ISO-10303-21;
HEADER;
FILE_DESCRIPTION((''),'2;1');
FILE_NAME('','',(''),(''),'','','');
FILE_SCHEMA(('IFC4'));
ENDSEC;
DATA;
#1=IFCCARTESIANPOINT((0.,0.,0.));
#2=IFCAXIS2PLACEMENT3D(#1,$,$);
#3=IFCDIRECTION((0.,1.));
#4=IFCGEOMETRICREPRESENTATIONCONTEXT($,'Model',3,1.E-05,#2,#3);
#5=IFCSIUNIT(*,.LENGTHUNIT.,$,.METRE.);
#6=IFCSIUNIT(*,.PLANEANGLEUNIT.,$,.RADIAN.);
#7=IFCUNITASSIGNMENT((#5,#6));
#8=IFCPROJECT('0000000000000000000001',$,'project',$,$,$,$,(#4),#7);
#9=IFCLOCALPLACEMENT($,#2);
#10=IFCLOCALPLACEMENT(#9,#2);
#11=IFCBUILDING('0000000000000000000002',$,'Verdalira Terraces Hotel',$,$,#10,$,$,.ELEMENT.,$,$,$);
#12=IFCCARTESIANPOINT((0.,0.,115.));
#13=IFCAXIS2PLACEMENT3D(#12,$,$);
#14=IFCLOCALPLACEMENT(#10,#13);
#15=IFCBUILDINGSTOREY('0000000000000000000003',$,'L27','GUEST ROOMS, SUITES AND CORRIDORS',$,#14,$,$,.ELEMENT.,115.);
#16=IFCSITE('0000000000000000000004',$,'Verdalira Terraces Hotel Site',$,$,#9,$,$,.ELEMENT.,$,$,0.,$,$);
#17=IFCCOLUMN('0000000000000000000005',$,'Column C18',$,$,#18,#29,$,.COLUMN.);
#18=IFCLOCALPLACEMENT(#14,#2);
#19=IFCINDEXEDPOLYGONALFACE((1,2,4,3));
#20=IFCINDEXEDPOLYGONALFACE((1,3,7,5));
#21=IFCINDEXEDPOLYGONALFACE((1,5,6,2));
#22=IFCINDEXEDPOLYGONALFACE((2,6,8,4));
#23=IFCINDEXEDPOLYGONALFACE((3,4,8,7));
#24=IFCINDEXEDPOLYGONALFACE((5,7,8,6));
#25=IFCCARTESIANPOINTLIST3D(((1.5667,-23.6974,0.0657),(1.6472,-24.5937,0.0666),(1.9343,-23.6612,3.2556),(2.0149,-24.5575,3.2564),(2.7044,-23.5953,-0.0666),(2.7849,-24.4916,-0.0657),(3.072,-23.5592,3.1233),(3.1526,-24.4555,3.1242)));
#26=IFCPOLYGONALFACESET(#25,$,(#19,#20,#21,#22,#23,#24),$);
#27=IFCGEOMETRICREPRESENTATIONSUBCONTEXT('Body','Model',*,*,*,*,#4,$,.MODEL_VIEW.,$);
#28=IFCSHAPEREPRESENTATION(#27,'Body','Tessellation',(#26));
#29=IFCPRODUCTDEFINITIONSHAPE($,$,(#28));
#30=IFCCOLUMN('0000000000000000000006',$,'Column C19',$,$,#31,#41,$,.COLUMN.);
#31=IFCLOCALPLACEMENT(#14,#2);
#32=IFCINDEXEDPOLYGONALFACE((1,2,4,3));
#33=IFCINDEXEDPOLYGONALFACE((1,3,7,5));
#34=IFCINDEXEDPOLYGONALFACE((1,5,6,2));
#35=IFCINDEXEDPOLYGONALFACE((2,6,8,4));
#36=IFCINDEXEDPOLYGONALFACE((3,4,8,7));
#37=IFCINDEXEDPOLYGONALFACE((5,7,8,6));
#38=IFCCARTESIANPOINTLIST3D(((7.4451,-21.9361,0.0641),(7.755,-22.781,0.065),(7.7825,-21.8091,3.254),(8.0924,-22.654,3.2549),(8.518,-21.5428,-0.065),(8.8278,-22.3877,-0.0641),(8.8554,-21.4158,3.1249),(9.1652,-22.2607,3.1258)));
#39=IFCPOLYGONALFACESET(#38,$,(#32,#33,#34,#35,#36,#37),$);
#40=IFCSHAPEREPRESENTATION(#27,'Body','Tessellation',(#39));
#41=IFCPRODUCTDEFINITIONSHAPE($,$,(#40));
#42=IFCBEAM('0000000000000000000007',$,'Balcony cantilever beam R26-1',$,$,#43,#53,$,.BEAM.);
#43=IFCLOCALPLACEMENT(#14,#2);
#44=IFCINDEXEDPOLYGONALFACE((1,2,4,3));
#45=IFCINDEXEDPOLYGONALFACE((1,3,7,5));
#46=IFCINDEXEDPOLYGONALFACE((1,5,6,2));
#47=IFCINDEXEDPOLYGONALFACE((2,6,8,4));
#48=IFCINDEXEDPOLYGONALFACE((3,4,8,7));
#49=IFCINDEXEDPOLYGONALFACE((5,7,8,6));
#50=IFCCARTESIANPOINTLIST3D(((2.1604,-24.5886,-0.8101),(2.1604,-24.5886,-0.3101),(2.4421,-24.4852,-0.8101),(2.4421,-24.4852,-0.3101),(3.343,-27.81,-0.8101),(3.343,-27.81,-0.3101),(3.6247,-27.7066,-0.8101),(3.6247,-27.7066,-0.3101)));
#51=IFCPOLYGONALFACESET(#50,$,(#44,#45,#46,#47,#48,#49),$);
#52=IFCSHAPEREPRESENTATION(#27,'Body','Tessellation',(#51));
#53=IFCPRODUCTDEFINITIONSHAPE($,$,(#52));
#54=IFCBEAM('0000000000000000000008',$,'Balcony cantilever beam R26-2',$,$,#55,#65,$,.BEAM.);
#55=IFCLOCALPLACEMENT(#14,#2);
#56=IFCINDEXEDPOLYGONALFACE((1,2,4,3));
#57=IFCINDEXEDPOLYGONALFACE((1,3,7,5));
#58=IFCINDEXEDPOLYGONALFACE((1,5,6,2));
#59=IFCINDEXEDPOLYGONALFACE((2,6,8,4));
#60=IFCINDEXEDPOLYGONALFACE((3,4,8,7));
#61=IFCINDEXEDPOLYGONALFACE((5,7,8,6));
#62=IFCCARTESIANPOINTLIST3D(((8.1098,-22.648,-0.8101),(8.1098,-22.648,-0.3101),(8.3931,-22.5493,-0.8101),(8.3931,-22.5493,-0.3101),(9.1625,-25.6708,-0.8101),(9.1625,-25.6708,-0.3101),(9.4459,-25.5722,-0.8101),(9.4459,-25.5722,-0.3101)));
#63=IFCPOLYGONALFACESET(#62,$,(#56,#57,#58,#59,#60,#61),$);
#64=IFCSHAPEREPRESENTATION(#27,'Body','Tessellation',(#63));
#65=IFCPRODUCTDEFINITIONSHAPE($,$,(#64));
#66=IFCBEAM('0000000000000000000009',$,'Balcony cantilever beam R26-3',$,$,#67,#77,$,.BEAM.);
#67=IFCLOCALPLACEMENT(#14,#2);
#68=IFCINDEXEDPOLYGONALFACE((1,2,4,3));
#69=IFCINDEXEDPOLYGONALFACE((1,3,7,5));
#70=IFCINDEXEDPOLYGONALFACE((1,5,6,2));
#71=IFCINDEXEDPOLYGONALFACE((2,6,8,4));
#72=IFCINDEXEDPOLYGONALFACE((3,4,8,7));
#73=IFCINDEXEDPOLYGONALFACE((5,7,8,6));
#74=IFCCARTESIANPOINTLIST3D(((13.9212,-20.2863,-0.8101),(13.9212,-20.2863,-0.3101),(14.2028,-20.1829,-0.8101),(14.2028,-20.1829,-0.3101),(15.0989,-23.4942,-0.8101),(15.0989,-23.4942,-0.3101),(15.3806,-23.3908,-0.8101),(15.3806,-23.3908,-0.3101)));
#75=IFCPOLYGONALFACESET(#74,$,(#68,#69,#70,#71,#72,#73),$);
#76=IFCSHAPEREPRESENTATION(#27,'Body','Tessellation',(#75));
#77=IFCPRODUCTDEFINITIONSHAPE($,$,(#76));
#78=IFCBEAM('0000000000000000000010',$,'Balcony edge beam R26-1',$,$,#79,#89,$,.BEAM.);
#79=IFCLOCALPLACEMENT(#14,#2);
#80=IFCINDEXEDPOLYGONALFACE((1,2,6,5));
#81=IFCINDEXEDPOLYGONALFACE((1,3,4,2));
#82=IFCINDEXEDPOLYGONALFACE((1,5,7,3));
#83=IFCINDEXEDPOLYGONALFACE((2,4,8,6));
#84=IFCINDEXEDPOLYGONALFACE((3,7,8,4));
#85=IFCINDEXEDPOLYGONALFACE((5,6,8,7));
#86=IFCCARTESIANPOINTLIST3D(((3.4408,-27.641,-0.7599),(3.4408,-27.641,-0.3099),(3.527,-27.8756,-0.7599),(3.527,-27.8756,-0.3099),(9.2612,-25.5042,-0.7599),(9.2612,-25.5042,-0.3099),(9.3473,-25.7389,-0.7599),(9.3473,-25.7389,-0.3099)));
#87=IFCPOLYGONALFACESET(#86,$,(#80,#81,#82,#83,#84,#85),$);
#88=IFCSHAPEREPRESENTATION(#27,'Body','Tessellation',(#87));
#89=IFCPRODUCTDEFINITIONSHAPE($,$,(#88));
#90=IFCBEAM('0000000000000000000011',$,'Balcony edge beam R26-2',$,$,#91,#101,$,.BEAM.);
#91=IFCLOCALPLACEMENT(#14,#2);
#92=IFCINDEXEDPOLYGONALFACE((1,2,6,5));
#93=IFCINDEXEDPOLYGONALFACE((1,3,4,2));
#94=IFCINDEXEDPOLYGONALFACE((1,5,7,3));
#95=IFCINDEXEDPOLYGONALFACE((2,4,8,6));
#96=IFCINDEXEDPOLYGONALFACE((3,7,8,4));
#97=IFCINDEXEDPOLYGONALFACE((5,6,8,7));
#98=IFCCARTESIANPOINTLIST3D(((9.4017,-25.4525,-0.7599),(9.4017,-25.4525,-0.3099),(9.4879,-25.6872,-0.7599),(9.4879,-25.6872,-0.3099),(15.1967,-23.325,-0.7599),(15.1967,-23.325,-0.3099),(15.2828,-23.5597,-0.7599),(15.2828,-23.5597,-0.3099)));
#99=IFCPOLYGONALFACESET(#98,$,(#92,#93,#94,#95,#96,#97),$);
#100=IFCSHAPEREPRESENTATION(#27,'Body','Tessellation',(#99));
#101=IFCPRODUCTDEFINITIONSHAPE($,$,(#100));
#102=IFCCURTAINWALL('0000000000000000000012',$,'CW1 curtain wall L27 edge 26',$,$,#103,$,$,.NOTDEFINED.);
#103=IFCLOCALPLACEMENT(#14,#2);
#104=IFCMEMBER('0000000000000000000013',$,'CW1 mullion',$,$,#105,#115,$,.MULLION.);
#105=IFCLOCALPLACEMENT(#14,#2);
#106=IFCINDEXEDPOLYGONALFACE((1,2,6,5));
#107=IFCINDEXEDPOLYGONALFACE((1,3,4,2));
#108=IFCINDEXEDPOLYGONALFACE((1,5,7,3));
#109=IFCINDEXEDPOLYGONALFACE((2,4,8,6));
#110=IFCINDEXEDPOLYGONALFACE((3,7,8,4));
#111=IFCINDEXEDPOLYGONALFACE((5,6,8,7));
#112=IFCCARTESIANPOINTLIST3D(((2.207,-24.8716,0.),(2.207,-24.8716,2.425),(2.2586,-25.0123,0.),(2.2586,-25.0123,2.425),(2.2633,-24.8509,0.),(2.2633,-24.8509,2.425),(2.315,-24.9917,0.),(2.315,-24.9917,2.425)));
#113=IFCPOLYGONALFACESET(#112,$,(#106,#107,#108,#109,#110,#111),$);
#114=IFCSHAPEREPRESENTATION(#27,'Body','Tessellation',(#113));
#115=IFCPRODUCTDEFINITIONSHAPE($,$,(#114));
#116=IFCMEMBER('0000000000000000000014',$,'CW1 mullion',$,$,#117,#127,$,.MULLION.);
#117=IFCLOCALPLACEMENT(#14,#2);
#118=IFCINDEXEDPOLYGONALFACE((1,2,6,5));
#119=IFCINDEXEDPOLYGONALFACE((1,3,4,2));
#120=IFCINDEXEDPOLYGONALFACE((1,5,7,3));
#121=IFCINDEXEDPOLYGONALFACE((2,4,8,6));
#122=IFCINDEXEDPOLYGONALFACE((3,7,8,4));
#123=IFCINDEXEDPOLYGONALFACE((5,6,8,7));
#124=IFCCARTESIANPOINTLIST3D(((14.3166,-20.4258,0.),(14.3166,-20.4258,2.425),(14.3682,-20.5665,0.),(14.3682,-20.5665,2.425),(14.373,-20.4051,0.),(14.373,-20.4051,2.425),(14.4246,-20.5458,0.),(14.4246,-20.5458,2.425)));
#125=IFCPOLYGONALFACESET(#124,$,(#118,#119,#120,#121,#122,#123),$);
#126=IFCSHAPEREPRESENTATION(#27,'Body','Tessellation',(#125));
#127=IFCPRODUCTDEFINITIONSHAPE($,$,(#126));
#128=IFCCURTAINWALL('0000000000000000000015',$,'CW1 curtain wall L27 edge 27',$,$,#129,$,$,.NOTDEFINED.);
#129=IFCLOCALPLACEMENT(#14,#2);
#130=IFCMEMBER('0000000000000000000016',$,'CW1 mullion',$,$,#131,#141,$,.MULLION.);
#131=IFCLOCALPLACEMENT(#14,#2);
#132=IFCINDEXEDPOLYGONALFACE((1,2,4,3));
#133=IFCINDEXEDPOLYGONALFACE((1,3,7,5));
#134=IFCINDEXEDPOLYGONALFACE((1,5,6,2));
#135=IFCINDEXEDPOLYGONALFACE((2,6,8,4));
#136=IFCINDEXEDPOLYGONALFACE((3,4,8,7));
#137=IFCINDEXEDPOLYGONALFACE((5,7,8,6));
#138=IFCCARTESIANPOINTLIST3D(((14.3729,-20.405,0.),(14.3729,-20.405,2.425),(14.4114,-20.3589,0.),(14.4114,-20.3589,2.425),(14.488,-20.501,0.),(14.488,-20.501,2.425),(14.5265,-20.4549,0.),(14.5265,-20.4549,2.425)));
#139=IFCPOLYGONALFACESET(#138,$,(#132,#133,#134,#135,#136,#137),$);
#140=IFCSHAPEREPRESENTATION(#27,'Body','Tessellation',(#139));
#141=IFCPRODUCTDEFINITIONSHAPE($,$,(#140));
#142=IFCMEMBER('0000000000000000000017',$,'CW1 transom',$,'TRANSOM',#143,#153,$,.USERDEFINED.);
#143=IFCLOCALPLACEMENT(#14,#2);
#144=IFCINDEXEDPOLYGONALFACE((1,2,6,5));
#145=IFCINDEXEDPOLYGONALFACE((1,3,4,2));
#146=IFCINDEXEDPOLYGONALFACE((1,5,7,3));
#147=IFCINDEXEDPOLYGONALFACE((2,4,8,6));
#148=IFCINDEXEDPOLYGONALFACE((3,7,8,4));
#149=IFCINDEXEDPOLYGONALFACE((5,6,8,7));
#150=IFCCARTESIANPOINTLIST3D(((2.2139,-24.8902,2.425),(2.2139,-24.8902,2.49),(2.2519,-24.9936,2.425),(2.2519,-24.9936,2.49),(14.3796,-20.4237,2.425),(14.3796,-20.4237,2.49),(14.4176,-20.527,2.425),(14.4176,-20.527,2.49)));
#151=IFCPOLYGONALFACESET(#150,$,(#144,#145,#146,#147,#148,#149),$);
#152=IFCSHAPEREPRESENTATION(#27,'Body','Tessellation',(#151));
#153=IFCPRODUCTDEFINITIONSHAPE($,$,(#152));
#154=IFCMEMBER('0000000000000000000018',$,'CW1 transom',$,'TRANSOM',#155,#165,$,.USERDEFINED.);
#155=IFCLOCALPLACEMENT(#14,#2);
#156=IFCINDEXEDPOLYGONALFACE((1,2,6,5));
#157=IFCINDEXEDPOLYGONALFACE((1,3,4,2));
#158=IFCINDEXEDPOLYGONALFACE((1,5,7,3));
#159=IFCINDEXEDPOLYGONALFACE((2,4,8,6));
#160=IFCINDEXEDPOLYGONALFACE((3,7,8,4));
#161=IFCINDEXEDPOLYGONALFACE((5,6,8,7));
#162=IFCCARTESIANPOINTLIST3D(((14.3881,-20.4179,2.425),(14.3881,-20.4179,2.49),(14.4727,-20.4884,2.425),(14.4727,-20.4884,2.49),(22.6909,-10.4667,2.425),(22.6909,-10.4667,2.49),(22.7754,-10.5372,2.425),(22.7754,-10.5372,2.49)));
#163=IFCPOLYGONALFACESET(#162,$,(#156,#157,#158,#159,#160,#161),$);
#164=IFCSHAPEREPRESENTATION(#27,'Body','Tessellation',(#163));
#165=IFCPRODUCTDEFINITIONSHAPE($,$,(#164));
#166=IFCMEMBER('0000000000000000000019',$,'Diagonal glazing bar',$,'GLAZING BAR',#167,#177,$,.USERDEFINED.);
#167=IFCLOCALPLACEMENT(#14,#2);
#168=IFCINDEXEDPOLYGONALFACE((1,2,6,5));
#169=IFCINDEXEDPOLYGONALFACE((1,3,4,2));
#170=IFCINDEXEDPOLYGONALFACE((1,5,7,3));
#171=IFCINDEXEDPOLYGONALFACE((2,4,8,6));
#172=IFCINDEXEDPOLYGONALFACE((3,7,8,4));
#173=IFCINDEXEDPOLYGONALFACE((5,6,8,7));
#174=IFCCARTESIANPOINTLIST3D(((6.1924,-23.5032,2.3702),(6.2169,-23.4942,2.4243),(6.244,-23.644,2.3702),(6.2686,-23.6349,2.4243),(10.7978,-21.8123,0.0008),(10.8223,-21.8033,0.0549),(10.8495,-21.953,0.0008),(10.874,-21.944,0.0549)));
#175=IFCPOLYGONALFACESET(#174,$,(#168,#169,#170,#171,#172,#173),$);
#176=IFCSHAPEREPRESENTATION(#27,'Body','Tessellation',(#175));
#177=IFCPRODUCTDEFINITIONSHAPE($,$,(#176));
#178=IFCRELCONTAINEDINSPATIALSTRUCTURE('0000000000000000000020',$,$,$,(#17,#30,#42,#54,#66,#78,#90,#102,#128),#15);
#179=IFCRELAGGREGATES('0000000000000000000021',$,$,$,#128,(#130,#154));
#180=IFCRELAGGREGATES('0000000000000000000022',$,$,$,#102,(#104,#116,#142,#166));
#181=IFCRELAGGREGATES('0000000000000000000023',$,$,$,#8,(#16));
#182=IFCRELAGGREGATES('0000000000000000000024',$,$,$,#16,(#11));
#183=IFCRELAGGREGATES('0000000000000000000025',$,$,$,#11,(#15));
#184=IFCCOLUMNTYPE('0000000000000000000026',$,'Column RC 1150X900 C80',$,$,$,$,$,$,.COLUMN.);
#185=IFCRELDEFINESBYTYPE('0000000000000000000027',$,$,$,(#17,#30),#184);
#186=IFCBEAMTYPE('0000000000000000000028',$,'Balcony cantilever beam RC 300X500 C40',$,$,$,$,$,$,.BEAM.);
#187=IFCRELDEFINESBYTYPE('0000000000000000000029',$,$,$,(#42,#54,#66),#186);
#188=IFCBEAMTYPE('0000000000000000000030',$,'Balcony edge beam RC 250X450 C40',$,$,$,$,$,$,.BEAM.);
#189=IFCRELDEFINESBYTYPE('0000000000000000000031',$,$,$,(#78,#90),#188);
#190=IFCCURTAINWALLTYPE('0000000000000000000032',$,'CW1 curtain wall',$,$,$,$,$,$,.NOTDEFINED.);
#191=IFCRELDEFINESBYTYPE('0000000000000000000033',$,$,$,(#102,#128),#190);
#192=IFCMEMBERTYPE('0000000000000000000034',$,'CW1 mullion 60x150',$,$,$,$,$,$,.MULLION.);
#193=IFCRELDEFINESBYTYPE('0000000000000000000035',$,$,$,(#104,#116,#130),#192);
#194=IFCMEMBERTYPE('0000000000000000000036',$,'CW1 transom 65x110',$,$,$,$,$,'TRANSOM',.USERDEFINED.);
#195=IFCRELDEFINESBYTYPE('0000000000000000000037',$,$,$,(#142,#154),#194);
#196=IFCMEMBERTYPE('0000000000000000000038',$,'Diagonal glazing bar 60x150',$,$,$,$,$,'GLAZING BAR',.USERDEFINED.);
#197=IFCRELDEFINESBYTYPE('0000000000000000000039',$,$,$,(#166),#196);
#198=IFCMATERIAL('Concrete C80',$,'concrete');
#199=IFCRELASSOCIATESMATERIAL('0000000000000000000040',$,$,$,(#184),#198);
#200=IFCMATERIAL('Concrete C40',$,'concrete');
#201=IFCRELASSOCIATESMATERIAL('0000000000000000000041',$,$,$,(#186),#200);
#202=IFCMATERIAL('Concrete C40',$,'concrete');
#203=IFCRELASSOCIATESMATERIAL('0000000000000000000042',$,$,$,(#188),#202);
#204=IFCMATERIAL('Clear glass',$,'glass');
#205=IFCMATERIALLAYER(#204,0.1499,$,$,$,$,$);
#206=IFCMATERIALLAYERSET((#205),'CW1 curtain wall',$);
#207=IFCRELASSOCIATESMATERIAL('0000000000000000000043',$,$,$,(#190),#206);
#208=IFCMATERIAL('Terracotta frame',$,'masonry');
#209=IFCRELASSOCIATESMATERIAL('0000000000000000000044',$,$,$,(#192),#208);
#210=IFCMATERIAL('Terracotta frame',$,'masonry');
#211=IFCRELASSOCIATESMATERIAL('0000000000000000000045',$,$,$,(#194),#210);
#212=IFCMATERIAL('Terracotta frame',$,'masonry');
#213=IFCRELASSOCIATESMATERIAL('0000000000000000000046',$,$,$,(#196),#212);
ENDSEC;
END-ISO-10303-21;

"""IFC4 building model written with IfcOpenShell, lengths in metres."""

from ifc_helpers import new_model, si_unit, direction, frame, origin, origin_2d, place, context, subcontext, project, spatial, rectangle, extrude, material, layer, layer_set, material_profile, profile_set, type_object, element, aggregate, save


model = new_model("IFC4")

# Units and contexts
model_context = context("Model", 3, precision=1e-05, world=origin(), true_north=direction((0.0, 1.0)))
body_context = subcontext(model_context, "Body", "Model", "MODEL_VIEW")
ifc_project = project(units=[si_unit("LENGTHUNIT", "METRE"), si_unit("PLANEANGLEUNIT", "RADIAN")], contexts=[model_context])

# Site, building, storey
site_placement = place(None, origin())
site = spatial("IfcSite", under=ifc_project, at=site_placement, Name="Verdalira Terraces Hotel Site", CompositionType="ELEMENT", RefElevation=0.0)
building_placement = place(site_placement, origin())
building = spatial("IfcBuilding", under=site, at=building_placement, Name="Verdalira Terraces Hotel", CompositionType="ELEMENT")
storey_placement = place(building_placement, frame((0.0, 0.0, 115.0)))
storey = spatial("IfcBuildingStorey", under=building, at=storey_placement, Name="L27", Description="GUEST ROOMS, SUITES AND CORRIDORS", CompositionType="ELEMENT", Elevation=115.0)

# Columns
ifc_material_1 = material(Name="Concrete C80", Category="concrete")
ifc_material_profile_1 = material_profile(ifc_material_1, rectangle(XDim=1.1499, YDim=0.8999, at=origin_2d()), Name="RC 1150X900")
ifc_profile_set_1 = profile_set([ifc_material_profile_1], Name="Concrete C80")
column_type = type_object("IfcColumnType", Name="Column RC 1150X900 C80", PredefinedType="COLUMN", material=ifc_profile_set_1)
column_1_placement = place(storey_placement, frame((2.1758, -24.0945, 0.0), z_axis=(0.114496, 0.011252, 0.99336), x_axis=(-0.989387, -0.088757, 0.115043)))
element("IfcColumn", 1, at=column_1_placement, inside=storey, type_object=column_type, Name="Column C18", PredefinedType="COLUMN", context=body_context, shape_type="SweptSolid", body=[
    extrude(rectangle(XDim=1.1499, YDim=0.8999, at=origin_2d()), origin(), (0.0, 0.0, 1.0), 3.2112),
])
column_2_placement = place(storey_placement, frame((8.1365, -22.1619, 0.0), z_axis=(0.105102, 0.039546, 0.993675), x_axis=(0.932955, 0.342031, -0.112291)))
element("IfcColumn", 2, at=column_2_placement, inside=storey, type_object=column_type, Name="Column C19", PredefinedType="COLUMN", context=body_context, shape_type="SweptSolid", body=[
    extrude(rectangle(XDim=1.1499, YDim=0.8999, at=origin_2d()), origin(), (0.0, 0.0, 1.0), 3.2102),
])

# Beams
ifc_material_2 = material(Name="Concrete C40", Category="concrete")
ifc_material_profile_2 = material_profile(ifc_material_2, rectangle(XDim=0.3, YDim=0.5, at=origin_2d()), Name="RC 300X500")
ifc_profile_set_2 = profile_set([ifc_material_profile_2], Name="Concrete C40")
beam_type_1 = type_object("IfcBeamType", Name="Balcony cantilever beam RC 300X500 C40", PredefinedType="BEAM", material=ifc_profile_set_2)
beam_1_placement = place(storey_placement, frame((2.3013, -24.5369, -0.5601), z_axis=(0.34462, -0.938742, 0.0), x_axis=(0.938742, 0.34462, 0.0)))
element("IfcBeam", 3, at=beam_1_placement, inside=storey, type_object=beam_type_1, Name="Balcony cantilever beam R26-1", PredefinedType="BEAM", context=body_context, shape_type="SweptSolid", body=[
    extrude(rectangle(XDim=0.3, YDim=0.5, at=origin_2d()), origin(), (0.0, 0.0, 1.0), 3.4316),
])
beam_2_placement = place(storey_placement, frame((8.2515, -22.5986, -0.5601), z_axis=(0.328876, -0.944373, 0.0), x_axis=(0.944373, 0.328876, 0.0)))
element("IfcBeam", 4, at=beam_2_placement, inside=storey, type_object=beam_type_1, Name="Balcony cantilever beam R26-2", PredefinedType="BEAM", context=body_context, shape_type="SweptSolid", body=[
    extrude(rectangle(XDim=0.3, YDim=0.5, at=origin_2d()), origin(), (0.0, 0.0, 1.0), 3.2009),
])
beam_3_placement = place(storey_placement, frame((14.062, -20.2346, -0.5601), z_axis=(0.344656, -0.938729, 0.0), x_axis=(0.938729, 0.344656, 0.0)))
element("IfcBeam", 5, at=beam_3_placement, inside=storey, type_object=beam_type_1, Name="Balcony cantilever beam R26-3", PredefinedType="BEAM", context=body_context, shape_type="SweptSolid", body=[
    extrude(rectangle(XDim=0.3, YDim=0.5, at=origin_2d()), origin(), (0.0, 0.0, 1.0), 3.4172),
])
ifc_material_3 = material(Name="Concrete C40", Category="concrete")
ifc_material_profile_3 = material_profile(ifc_material_3, rectangle(XDim=0.25, YDim=0.45, at=origin_2d()), Name="RC 250X450")
ifc_profile_set_3 = profile_set([ifc_material_profile_3], Name="Concrete C40")
beam_type_2 = type_object("IfcBeamType", Name="Balcony edge beam RC 250X450 C40", PredefinedType="BEAM", material=ifc_profile_set_3)
beam_4_placement = place(storey_placement, frame((3.4839, -27.7583, -0.5349), z_axis=(0.93874, 0.344625, 0.0), x_axis=(-0.344625, 0.93874, 0.0)))
element("IfcBeam", 6, at=beam_4_placement, inside=storey, type_object=beam_type_2, Name="Balcony edge beam R26-1", PredefinedType="BEAM", context=body_context, shape_type="SweptSolid", body=[
    extrude(rectangle(XDim=0.25, YDim=0.45, at=origin_2d()), origin(), (0.0, 0.0, 1.0), 6.2002),
])
beam_5_placement = place(storey_placement, frame((9.4448, -25.5698, -0.5349), z_axis=(0.938738, 0.344631, 0.0), x_axis=(-0.344631, 0.938738, 0.0)))
element("IfcBeam", 7, at=beam_5_placement, inside=storey, type_object=beam_type_2, Name="Balcony edge beam R26-2", PredefinedType="BEAM", context=body_context, shape_type="SweptSolid", body=[
    extrude(rectangle(XDim=0.25, YDim=0.45, at=origin_2d()), origin(), (0.0, 0.0, 1.0), 6.1731),
])

# Curtain wall, members
ifc_material_4 = material(Name="Clear glass", Category="glass")
ifc_layer_1 = layer(ifc_material_4, 0.1499)
ifc_layer_set_1 = layer_set([ifc_layer_1], Name="CW1 curtain wall")
curtain_wall_type = type_object("IfcCurtainWallType", Name="CW1 curtain wall", PredefinedType="NOTDEFINED", material=ifc_layer_set_1)
curtain_wall_1_placement = place(storey_placement, origin())
curtain_wall_1 = element("IfcCurtainWall", 8, at=curtain_wall_1_placement, inside=storey, type_object=curtain_wall_type, Name="CW1 curtain wall L27 edge 26", PredefinedType="NOTDEFINED")
ifc_material_5 = material(Name="Terracotta frame", Category="masonry")
ifc_material_profile_4 = material_profile(ifc_material_5, rectangle(XDim=0.0601, YDim=0.1499, at=origin_2d()), Name="MU 60x150")
ifc_profile_set_4 = profile_set([ifc_material_profile_4], Name="Terracotta frame")
member_type_1 = type_object("IfcMemberType", Name="CW1 mullion 60x150", PredefinedType="MULLION", material=ifc_profile_set_4)
member_1_placement = place(storey_placement, frame((2.261, -24.9316, 0.0), z_axis=(0.0, 0.0, 1.0), x_axis=(0.938734, 0.344643, 0.0)))
member_1 = element("IfcMember", 9, at=member_1_placement, type_object=member_type_1, Name="CW1 mullion", PredefinedType="MULLION", context=body_context, shape_type="SweptSolid", body=[
    extrude(rectangle(XDim=0.0601, YDim=0.1499, at=origin_2d()), origin(), (0.0, 0.0, 1.0), 2.425),
])
member_2_placement = place(storey_placement, frame((14.3706, -20.4858, 0.0), z_axis=(0.0, 0.0, 1.0), x_axis=(0.938734, 0.344643, 0.0)))
member_2 = element("IfcMember", 10, at=member_2_placement, type_object=member_type_1, Name="CW1 mullion", PredefinedType="MULLION", context=body_context, shape_type="SweptSolid", body=[
    extrude(rectangle(XDim=0.0601, YDim=0.1499, at=origin_2d()), origin(), (0.0, 0.0, 1.0), 2.425),
])

# Curtain wall, member
curtain_wall_2_placement = place(storey_placement, origin())
curtain_wall_2 = element("IfcCurtainWall", 11, at=curtain_wall_2_placement, inside=storey, type_object=curtain_wall_type, Name="CW1 curtain wall L27 edge 27", PredefinedType="NOTDEFINED")
member_3_placement = place(storey_placement, frame((14.4497, -20.4299, 0.0), z_axis=(0.0, 0.0, 1.0), x_axis=(0.640646, 0.767836, 0.0)))
member_3 = element("IfcMember", 12, at=member_3_placement, type_object=member_type_1, Name="CW1 mullion", PredefinedType="MULLION", context=body_context, shape_type="SweptSolid", body=[
    extrude(rectangle(XDim=0.0601, YDim=0.1499, at=origin_2d()), origin(), (0.0, 0.0, 1.0), 2.425),
])

# Members
ifc_material_6 = material(Name="Terracotta frame", Category="masonry")
ifc_material_profile_5 = material_profile(ifc_material_6, rectangle(XDim=0.1101, YDim=0.0649, at=origin_2d()), Name="TR 65x110")
ifc_profile_set_5 = profile_set([ifc_material_profile_5], Name="Terracotta frame")
member_type_2 = type_object("IfcMemberType", Name="CW1 transom 65x110", ElementType="TRANSOM", PredefinedType="USERDEFINED", material=ifc_profile_set_5)
member_4_placement = place(storey_placement, frame((2.2329, -24.9419, 2.4575), z_axis=(0.938732, 0.344647, 0.0), x_axis=(-0.344647, 0.938732, 0.0)))
member_4 = element("IfcMember", 13, at=member_4_placement, type_object=member_type_2, Name="CW1 transom", ObjectType="TRANSOM", PredefinedType="USERDEFINED", context=body_context, shape_type="SweptSolid", body=[
    extrude(rectangle(XDim=0.1101, YDim=0.0649, at=origin_2d()), origin(), (0.0, 0.0, 1.0), 12.9597),
])
member_5_placement = place(storey_placement, frame((14.4304, -20.4531, 2.4575), z_axis=(0.640644, 0.767838, 0.0), x_axis=(-0.767838, 0.640644, 0.0)))
member_5 = element("IfcMember", 14, at=member_5_placement, type_object=member_type_2, Name="CW1 transom", ObjectType="TRANSOM", PredefinedType="USERDEFINED", context=body_context, shape_type="SweptSolid", body=[
    extrude(rectangle(XDim=0.1101, YDim=0.0649, at=origin_2d()), origin(), (0.0, 0.0, 1.0), 12.96),
])
aggregate(curtain_wall_2, [member_3, member_5])
ifc_material_7 = material(Name="Terracotta frame", Category="masonry")
ifc_material_profile_6 = material_profile(ifc_material_7, rectangle(XDim=0.1499, YDim=0.0601, at=origin_2d()), Name="GB 60x150")
ifc_profile_set_6 = profile_set([ifc_material_profile_6], Name="Terracotta frame")
member_type_3 = type_object("IfcMemberType", Name="Diagonal glazing bar 60x150", ElementType="GLAZING BAR", PredefinedType="USERDEFINED", material=ifc_profile_set_6)
member_6_placement = place(storey_placement, frame((6.2305, -23.5691, 2.3972), z_axis=(0.84531, 0.310359, -0.434888), x_axis=(-0.344658, 0.938728, 0.0)))
member_6 = element("IfcMember", 15, at=member_6_placement, type_object=member_type_3, Name="Diagonal glazing bar", ObjectType="GLAZING BAR", PredefinedType="USERDEFINED", context=body_context, shape_type="SweptSolid", body=[
    extrude(rectangle(XDim=0.1499, YDim=0.0601, at=origin_2d()), origin(), (0.0, 0.0, 1.0), 5.4482),
])

aggregate(curtain_wall_1, [member_1, member_2, member_4, member_6])

save(model, "model.ifc")
